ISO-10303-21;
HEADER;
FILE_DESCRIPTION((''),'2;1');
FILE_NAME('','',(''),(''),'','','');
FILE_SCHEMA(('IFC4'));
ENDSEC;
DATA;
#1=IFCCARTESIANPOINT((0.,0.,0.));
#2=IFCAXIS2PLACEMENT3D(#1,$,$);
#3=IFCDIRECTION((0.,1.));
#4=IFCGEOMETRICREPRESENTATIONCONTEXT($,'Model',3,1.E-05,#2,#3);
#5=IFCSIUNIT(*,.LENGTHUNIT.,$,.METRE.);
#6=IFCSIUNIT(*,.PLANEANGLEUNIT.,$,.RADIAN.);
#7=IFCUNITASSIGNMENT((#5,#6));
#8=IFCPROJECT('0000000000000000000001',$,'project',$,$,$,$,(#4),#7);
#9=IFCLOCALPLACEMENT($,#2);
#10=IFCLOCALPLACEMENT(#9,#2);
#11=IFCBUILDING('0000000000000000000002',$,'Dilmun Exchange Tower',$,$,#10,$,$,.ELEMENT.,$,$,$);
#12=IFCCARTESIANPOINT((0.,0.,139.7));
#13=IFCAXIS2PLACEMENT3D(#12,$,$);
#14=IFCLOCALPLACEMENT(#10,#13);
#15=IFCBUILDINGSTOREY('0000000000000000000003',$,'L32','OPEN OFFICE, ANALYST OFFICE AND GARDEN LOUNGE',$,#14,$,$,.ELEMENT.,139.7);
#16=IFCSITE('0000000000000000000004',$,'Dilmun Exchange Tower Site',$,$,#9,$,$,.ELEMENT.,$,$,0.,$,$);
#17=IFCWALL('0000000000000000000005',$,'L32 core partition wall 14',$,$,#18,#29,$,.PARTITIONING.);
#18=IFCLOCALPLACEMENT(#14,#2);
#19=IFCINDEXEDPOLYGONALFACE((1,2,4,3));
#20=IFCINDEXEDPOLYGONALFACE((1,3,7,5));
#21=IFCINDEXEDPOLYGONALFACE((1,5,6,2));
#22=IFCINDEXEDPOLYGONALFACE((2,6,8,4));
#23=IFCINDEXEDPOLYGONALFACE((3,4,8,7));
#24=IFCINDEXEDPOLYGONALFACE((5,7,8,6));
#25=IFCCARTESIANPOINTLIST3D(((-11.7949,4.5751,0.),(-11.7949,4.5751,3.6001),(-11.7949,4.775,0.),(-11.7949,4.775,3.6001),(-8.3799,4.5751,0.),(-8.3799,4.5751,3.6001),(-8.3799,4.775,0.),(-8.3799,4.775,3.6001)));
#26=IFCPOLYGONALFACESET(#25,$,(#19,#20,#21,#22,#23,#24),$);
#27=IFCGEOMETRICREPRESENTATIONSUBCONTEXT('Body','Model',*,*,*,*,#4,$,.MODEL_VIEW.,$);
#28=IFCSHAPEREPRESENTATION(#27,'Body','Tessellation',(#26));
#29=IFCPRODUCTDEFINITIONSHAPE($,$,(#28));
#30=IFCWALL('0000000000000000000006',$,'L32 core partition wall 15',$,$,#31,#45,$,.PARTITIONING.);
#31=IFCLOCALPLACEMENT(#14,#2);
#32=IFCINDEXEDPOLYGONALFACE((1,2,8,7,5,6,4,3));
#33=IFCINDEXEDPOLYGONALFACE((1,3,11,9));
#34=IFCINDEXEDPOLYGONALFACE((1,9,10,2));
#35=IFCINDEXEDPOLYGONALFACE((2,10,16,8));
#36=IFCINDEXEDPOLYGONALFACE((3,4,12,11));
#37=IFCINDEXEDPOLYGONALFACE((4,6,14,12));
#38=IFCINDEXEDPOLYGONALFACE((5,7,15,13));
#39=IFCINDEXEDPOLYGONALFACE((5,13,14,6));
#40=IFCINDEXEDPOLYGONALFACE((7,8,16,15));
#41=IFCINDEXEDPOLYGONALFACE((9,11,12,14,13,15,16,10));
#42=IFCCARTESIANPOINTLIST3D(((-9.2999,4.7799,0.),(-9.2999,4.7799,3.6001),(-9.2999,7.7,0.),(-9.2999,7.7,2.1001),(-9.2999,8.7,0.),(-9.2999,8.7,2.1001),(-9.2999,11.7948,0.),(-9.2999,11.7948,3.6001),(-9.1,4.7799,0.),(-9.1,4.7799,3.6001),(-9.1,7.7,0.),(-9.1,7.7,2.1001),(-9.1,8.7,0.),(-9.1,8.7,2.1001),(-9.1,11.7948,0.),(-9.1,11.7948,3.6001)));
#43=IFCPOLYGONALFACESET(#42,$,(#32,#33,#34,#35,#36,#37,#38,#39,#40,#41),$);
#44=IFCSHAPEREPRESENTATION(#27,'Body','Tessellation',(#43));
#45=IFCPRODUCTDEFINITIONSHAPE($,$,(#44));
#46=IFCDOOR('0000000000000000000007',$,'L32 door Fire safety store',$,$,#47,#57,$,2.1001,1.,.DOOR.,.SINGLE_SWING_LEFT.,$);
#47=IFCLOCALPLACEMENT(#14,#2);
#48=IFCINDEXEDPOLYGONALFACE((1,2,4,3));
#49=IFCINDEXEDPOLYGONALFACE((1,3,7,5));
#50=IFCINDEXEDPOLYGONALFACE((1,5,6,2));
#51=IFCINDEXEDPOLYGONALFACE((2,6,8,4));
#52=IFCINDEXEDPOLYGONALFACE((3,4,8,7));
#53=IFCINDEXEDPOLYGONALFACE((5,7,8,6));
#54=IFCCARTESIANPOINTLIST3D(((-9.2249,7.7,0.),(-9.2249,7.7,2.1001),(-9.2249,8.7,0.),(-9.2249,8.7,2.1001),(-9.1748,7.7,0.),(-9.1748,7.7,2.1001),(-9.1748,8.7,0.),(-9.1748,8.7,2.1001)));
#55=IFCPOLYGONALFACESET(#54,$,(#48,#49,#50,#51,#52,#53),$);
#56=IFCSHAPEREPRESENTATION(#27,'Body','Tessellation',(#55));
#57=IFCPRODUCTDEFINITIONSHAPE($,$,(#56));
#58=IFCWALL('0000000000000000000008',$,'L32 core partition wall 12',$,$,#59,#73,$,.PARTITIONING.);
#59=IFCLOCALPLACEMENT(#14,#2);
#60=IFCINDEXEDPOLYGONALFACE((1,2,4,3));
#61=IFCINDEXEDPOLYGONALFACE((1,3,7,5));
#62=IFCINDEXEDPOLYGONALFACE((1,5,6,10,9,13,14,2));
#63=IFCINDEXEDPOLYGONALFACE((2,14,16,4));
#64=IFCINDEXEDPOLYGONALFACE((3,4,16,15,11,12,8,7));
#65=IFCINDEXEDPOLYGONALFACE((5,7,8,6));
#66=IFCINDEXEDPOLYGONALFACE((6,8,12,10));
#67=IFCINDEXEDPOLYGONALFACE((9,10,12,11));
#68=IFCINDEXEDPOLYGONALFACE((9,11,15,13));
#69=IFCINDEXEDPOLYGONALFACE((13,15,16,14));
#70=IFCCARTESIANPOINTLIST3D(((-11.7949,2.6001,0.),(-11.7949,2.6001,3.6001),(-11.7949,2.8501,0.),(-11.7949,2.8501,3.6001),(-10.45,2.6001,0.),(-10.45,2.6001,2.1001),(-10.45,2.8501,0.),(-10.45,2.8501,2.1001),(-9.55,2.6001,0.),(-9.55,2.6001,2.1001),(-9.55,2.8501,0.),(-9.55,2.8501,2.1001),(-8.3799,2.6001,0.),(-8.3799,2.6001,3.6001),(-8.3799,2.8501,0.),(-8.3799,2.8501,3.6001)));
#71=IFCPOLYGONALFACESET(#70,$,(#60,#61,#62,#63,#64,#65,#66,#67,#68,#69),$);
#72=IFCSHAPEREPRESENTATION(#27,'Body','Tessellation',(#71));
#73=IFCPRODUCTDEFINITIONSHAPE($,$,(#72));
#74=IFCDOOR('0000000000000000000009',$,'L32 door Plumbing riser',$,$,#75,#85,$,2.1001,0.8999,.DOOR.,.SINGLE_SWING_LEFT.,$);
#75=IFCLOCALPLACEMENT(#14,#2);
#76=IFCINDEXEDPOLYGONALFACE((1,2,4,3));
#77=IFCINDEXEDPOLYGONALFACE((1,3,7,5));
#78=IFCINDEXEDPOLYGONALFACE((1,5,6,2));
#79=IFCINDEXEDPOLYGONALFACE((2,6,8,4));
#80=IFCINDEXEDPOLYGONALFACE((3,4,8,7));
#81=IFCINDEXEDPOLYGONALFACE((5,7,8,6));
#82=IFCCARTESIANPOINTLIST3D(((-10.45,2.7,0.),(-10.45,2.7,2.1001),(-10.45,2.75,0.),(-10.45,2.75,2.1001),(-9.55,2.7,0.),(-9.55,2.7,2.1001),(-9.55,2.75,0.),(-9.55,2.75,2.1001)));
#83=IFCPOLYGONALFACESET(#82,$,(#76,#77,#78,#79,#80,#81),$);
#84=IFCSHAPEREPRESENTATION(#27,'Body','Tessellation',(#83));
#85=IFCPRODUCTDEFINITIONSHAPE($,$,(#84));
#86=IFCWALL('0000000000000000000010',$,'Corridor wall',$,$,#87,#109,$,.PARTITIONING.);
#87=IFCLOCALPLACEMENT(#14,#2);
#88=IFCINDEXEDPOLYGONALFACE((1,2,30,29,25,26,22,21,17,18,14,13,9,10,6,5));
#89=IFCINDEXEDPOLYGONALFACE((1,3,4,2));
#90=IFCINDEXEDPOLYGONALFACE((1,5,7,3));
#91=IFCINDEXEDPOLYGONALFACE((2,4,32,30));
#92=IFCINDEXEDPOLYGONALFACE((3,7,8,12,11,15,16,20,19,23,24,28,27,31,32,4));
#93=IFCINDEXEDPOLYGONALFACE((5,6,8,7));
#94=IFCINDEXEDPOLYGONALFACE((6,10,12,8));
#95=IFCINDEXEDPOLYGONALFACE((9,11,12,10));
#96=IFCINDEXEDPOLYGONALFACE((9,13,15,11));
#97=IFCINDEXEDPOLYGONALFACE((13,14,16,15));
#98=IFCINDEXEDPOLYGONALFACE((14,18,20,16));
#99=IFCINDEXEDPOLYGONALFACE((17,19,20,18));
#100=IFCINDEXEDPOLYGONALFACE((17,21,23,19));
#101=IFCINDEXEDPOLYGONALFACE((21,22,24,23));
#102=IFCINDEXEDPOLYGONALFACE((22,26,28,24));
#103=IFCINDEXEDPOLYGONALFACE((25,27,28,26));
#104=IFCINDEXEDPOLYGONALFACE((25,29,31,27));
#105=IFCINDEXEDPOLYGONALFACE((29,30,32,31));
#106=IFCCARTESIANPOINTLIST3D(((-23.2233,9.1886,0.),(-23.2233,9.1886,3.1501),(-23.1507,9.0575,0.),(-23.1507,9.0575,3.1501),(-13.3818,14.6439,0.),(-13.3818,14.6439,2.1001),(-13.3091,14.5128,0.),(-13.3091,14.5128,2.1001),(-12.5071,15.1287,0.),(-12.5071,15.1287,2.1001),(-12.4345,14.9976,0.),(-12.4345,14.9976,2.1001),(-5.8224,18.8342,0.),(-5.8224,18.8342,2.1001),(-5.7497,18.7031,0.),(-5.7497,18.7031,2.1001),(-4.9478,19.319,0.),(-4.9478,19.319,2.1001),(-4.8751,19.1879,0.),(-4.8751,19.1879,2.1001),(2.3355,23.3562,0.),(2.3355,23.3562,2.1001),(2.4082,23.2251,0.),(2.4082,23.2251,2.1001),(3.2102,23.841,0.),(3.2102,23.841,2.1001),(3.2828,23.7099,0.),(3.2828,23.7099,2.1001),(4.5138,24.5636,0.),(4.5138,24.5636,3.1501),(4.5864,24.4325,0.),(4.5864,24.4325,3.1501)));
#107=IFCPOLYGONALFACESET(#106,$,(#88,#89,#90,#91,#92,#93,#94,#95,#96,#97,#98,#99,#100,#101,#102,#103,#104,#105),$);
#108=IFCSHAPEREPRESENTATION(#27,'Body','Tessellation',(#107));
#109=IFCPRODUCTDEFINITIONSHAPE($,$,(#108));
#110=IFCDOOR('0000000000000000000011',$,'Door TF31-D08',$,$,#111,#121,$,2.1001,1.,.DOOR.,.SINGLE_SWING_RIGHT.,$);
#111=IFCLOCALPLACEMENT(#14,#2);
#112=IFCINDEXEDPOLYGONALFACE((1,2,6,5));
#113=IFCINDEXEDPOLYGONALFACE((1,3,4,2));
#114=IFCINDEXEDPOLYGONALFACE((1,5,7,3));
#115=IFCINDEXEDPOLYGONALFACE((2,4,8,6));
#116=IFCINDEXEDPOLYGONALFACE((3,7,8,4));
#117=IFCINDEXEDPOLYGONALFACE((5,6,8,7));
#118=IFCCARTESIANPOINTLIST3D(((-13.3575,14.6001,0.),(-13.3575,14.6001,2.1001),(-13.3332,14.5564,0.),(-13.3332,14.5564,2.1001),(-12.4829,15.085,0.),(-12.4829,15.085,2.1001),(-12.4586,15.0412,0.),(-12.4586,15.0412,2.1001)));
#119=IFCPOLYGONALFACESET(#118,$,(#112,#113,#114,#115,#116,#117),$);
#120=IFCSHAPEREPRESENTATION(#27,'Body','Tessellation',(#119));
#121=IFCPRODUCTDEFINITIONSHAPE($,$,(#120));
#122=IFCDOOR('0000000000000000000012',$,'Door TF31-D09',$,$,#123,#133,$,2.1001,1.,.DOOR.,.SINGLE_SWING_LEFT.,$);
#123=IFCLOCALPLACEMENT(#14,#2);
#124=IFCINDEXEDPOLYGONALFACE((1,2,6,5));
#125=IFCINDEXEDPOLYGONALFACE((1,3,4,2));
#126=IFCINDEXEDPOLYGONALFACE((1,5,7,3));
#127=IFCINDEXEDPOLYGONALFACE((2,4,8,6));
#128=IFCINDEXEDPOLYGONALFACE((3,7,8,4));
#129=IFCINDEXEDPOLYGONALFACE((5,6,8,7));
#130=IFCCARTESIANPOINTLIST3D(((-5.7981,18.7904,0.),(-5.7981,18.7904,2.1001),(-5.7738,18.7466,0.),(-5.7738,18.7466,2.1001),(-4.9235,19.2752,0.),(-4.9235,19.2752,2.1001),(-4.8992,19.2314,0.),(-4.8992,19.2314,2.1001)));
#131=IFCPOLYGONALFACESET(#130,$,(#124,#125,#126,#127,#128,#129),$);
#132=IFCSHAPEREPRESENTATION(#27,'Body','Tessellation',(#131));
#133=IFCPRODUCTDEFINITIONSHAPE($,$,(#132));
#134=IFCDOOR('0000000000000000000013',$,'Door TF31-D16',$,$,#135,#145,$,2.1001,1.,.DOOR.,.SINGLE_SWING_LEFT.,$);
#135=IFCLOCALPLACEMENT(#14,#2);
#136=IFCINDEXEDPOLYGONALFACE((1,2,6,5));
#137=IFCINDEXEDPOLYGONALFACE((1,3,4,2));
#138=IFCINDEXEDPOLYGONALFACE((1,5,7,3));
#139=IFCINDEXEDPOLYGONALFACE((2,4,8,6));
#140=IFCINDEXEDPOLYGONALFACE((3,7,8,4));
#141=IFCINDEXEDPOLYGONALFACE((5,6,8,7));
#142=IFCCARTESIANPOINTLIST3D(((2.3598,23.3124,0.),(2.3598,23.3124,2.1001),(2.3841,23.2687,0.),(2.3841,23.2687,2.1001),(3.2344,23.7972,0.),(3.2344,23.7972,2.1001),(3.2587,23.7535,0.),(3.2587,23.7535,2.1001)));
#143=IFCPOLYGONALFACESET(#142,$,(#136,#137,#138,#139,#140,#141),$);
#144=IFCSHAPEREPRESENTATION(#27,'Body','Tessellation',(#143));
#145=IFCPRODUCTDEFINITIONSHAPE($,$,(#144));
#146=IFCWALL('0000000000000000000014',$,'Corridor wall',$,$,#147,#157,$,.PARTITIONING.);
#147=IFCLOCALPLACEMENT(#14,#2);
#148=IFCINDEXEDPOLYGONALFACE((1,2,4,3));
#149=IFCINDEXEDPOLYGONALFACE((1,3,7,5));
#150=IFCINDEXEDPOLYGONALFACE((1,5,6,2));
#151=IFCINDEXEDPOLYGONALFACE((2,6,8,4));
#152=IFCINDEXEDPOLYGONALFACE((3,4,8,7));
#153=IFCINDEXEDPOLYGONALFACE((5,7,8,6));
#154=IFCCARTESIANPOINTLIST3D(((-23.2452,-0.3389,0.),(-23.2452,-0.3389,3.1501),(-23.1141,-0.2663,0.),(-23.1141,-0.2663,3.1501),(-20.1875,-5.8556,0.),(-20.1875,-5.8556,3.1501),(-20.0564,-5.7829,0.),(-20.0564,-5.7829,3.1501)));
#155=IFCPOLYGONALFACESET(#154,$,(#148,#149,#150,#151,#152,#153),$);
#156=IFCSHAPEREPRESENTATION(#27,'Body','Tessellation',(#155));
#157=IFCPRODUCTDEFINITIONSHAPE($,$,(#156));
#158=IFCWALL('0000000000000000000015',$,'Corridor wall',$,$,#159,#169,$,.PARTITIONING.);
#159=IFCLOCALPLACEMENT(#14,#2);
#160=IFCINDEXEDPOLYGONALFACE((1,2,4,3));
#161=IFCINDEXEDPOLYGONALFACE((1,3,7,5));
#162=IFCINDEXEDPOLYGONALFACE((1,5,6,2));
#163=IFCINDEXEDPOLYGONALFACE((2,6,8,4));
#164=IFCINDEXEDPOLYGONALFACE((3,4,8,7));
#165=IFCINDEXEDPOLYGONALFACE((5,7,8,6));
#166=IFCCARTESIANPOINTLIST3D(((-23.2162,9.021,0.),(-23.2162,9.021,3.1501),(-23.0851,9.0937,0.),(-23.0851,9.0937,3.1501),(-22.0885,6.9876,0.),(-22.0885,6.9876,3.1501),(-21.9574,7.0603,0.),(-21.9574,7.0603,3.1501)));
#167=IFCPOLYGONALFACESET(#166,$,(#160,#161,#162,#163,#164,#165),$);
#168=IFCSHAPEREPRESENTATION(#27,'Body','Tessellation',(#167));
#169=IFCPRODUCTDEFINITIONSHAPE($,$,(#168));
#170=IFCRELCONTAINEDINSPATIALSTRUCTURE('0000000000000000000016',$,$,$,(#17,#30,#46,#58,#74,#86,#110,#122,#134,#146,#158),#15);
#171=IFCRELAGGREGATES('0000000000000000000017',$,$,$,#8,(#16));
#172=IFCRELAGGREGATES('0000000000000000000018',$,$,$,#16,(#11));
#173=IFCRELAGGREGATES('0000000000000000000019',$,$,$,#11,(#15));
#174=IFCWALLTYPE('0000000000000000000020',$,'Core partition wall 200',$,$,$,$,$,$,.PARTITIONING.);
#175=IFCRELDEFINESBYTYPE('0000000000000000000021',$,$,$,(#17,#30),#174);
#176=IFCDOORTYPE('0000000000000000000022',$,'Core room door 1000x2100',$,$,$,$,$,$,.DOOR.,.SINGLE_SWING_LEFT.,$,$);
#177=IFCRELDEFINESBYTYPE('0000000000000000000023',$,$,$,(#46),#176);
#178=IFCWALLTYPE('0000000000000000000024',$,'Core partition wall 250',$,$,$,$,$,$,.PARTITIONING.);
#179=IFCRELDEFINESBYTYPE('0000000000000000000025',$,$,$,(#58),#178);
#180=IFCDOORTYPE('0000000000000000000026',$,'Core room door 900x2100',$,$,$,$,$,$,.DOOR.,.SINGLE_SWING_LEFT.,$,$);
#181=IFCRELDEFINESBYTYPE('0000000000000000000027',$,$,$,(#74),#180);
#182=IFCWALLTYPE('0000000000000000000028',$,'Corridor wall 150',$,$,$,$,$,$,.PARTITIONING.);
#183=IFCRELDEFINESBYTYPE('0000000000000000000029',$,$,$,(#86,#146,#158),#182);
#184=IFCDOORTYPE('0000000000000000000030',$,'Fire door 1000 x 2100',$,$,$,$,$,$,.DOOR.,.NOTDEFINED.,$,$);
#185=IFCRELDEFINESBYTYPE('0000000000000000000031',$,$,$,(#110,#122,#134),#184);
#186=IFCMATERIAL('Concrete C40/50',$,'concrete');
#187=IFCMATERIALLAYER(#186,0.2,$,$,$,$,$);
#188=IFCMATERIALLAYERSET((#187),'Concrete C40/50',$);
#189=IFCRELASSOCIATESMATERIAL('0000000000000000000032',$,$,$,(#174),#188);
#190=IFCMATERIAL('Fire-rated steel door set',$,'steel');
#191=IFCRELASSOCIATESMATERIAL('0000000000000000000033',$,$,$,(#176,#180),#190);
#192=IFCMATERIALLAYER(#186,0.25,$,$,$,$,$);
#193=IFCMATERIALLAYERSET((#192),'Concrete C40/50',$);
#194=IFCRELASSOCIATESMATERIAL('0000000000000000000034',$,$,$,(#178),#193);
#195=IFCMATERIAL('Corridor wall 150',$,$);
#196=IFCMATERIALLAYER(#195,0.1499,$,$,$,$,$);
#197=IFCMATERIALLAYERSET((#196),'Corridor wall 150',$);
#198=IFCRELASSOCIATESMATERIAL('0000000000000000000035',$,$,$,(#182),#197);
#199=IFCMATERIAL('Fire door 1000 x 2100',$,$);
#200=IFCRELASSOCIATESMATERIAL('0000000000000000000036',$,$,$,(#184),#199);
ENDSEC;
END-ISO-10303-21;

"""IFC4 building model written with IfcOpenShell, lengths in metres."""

from ifc_helpers import new_model, si_unit, direction, frame, frame_2d, origin, place, context, subcontext, project, spatial, rectangle, extrude, material, layer, layer_set, type_object, element, fill, save


model = new_model("IFC4")

# Units and contexts
model_context = context("Model", 3, precision=1e-05, world=origin(), true_north=direction((0.0, 1.0)))
body_context = subcontext(model_context, "Body", "Model", "MODEL_VIEW")
ifc_project = project(units=[si_unit("LENGTHUNIT", "METRE"), si_unit("PLANEANGLEUNIT", "RADIAN")], contexts=[model_context])

# Site, building, storey
site_placement = place(None, origin())
site = spatial("IfcSite", under=ifc_project, at=site_placement, Name="Dilmun Exchange Tower Site", CompositionType="ELEMENT", RefElevation=0.0)
building_placement = place(site_placement, origin())
building = spatial("IfcBuilding", under=site, at=building_placement, Name="Dilmun Exchange Tower", CompositionType="ELEMENT")
storey_placement = place(building_placement, frame((0.0, 0.0, 139.7)))
storey = spatial("IfcBuildingStorey", under=building, at=storey_placement, Name="L32", Description="OPEN OFFICE, ANALYST OFFICE AND GARDEN LOUNGE", CompositionType="ELEMENT", Elevation=139.7)

# Wall
ifc_material_1 = material(Name="Concrete C40/50", Category="concrete")
ifc_layer_1 = layer(ifc_material_1, 0.2)
ifc_layer_set_1 = layer_set([ifc_layer_1], Name="Concrete C40/50")
wall_type_1 = type_object("IfcWallType", Name="Core partition wall 200", PredefinedType="PARTITIONING", material=ifc_layer_set_1)
wall_1_placement = place(storey_placement, frame((-11.7949, 4.675, 0.0), z_axis=(0.0, 0.0, 1.0), x_axis=(1.0, 0.0, 0.0)))
element("IfcWall", 1, at=wall_1_placement, inside=storey, type_object=wall_type_1, Name="L32 core partition wall 14", PredefinedType="PARTITIONING", context=body_context, shape_type="SweptSolid", body=[
    extrude(rectangle(XDim=3.415, YDim=0.2, at=frame_2d((1.7075, 0.0))), origin(), (0.0, 0.0, 1.0), 3.6001),
])

# Walls, openings, doors
wall_2_placement = place(storey_placement, frame((-9.2, 4.78, 0.0), z_axis=(0.0, 0.0, 1.0), x_axis=(0.0, 1.0, 0.0)))
wall_2 = element("IfcWall", 2, at=wall_2_placement, inside=storey, type_object=wall_type_1, Name="L32 core partition wall 15", PredefinedType="PARTITIONING", context=body_context, shape_type="SweptSolid", body=[
    extrude(rectangle(XDim=7.0149, YDim=0.2, at=frame_2d((3.5073, 0.0))), origin(), (0.0, 0.0, 1.0), 3.6001),
])
opening_1_placement = place(wall_2_placement, frame((2.9199, 0.0, 0.0)))
opening_1 = element("IfcOpeningElement", 3, at=opening_1_placement, cuts=wall_2, PredefinedType="OPENING", context=body_context, shape_type="SweptSolid", body=[
    extrude(rectangle(XDim=1.0, YDim=2.1001, at=frame_2d((0.5, 1.05))), frame((0.0, 0.1099, 0.0), z_axis=(0.0, -1.0, 0.0), x_axis=(1.0, 0.0, 0.0)), (0.0, 0.0, 1.0), 0.22),
])
ifc_material_2 = material(Name="Fire-rated steel door set", Category="steel")
door_type_1 = type_object("IfcDoorType", Name="Core room door 1000x2100", OperationType="SINGLE_SWING_LEFT", PredefinedType="DOOR", material=ifc_material_2)
door_1_placement = place(opening_1_placement, origin())
door_1 = element("IfcDoor", 4, at=door_1_placement, inside=storey, type_object=door_type_1, Name="L32 door Fire safety store", OperationType="SINGLE_SWING_LEFT", OverallHeight=2.1001, OverallWidth=1.0, PredefinedType="DOOR", context=body_context, shape_type="SweptSolid", body=[
    extrude(rectangle(XDim=1.0, YDim=2.1001, at=frame_2d((0.5, 1.05))), frame((0.0, 0.0249, 0.0), z_axis=(0.0, -1.0, 0.0), x_axis=(1.0, 0.0, 0.0)), (0.0, 0.0, 1.0), 0.05),
])
fill(opening_1, door_1)
ifc_layer_2 = layer(ifc_material_1, 0.25)
ifc_layer_set_2 = layer_set([ifc_layer_2], Name="Concrete C40/50")
wall_type_2 = type_object("IfcWallType", Name="Core partition wall 250", PredefinedType="PARTITIONING", material=ifc_layer_set_2)
wall_3_placement = place(storey_placement, frame((-11.7949, 2.7251, 0.0), z_axis=(0.0, 0.0, 1.0), x_axis=(1.0, 0.0, 0.0)))
wall_3 = element("IfcWall", 5, at=wall_3_placement, inside=storey, type_object=wall_type_2, Name="L32 core partition wall 12", PredefinedType="PARTITIONING", context=body_context, shape_type="SweptSolid", body=[
    extrude(rectangle(XDim=3.415, YDim=0.25, at=frame_2d((1.7075, 0.0))), origin(), (0.0, 0.0, 1.0), 3.6001),
])
opening_2_placement = place(wall_3_placement, frame((1.345, 0.0, 0.0)))
opening_2 = element("IfcOpeningElement", 6, at=opening_2_placement, cuts=wall_3, PredefinedType="OPENING", context=body_context, shape_type="SweptSolid", body=[
    extrude(rectangle(XDim=0.8999, YDim=2.1001, at=frame_2d((0.45, 1.05))), frame((0.0, 0.135, 0.0), z_axis=(0.0, -1.0, 0.0), x_axis=(1.0, 0.0, 0.0)), (0.0, 0.0, 1.0), 0.27),
])
door_type_2 = type_object("IfcDoorType", Name="Core room door 900x2100", OperationType="SINGLE_SWING_LEFT", PredefinedType="DOOR", material=ifc_material_2)
door_2_placement = place(opening_2_placement, origin())
door_2 = element("IfcDoor", 7, at=door_2_placement, inside=storey, type_object=door_type_2, Name="L32 door Plumbing riser", OperationType="SINGLE_SWING_LEFT", OverallHeight=2.1001, OverallWidth=0.8999, PredefinedType="DOOR", context=body_context, shape_type="SweptSolid", body=[
    extrude(rectangle(XDim=0.8999, YDim=2.1001, at=frame_2d((0.45, 1.05))), frame((0.0, 0.0249, 0.0), z_axis=(0.0, -1.0, 0.0), x_axis=(1.0, 0.0, 0.0)), (0.0, 0.0, 1.0), 0.05),
])
fill(opening_2, door_2)

# Wall, openings, doors
ifc_material_3 = material(Name="Corridor wall 150")
ifc_layer_3 = layer(ifc_material_3, 0.1499)
ifc_layer_set_3 = layer_set([ifc_layer_3], Name="Corridor wall 150")
wall_type_3 = type_object("IfcWallType", Name="Corridor wall 150", PredefinedType="PARTITIONING", material=ifc_layer_set_3)
wall_4_placement = place(storey_placement, frame((-23.187, 9.123, 0.0), z_axis=(0.0, 0.0, 1.0), x_axis=(0.874618, 0.484812, 0.0)))
wall_4 = element("IfcWall", 8, at=wall_4_placement, inside=storey, type_object=wall_type_3, Name="Corridor wall", PredefinedType="PARTITIONING", context=body_context, shape_type="SweptSolid", body=[
    extrude(rectangle(XDim=31.7134, YDim=0.1499, at=frame_2d((15.8567, 0.0))), origin(), (0.0, 0.0, 1.0), 3.1501),
])
opening_3_placement = place(wall_4_placement, frame((11.2524, 0.0, 0.0)))
opening_3 = element("IfcOpeningElement", 9, at=opening_3_placement, cuts=wall_4, PredefinedType="OPENING", context=body_context, shape_type="SweptSolid", body=[
    extrude(rectangle(XDim=1.0, YDim=2.1001, at=frame_2d((0.5, 1.05))), frame((0.0, 0.085, 0.0), z_axis=(0.0, -1.0, 0.0), x_axis=(1.0, 0.0, 0.0)), (0.0, 0.0, 1.0), 0.1699),
])
opening_4_placement = place(wall_4_placement, frame((19.8955, 0.0, 0.0)))
opening_4 = element("IfcOpeningElement", 10, at=opening_4_placement, cuts=wall_4, PredefinedType="OPENING", context=body_context, shape_type="SweptSolid", body=[
    extrude(rectangle(XDim=1.0, YDim=2.1001, at=frame_2d((0.5, 1.05))), frame((0.0, 0.085, 0.0), z_axis=(0.0, -1.0, 0.0), x_axis=(1.0, 0.0, 0.0)), (0.0, 0.0, 1.0), 0.1699),
])
opening_5_placement = place(wall_4_placement, frame((29.2229, 0.0, 0.0)))
opening_5 = element("IfcOpeningElement", 11, at=opening_5_placement, cuts=wall_4, PredefinedType="OPENING", context=body_context, shape_type="SweptSolid", body=[
    extrude(rectangle(XDim=1.0, YDim=2.1001, at=frame_2d((0.5, 1.05))), frame((0.0, 0.085, 0.0), z_axis=(0.0, -1.0, 0.0), x_axis=(1.0, 0.0, 0.0)), (0.0, 0.0, 1.0), 0.1699),
])
ifc_material_4 = material(Name="Fire door 1000 x 2100")
door_type_3 = type_object("IfcDoorType", Name="Fire door 1000 x 2100", OperationType="NOTDEFINED", PredefinedType="DOOR", material=ifc_material_4)
door_3_placement = place(opening_3_placement, origin())
door_3 = element("IfcDoor", 12, at=door_3_placement, inside=storey, type_object=door_type_3, Name="Door TF31-D08", OperationType="SINGLE_SWING_RIGHT", OverallHeight=2.1001, OverallWidth=1.0, PredefinedType="DOOR", context=body_context, shape_type="SweptSolid", body=[
    extrude(rectangle(XDim=1.0, YDim=2.1001, at=frame_2d((0.5, 1.05))), frame((0.0, 0.0249, 0.0), z_axis=(0.0, -1.0, 0.0), x_axis=(1.0, 0.0, 0.0)), (0.0, 0.0, 1.0), 0.05),
])
fill(opening_3, door_3)
door_4_placement = place(opening_4_placement, origin())
door_4 = element("IfcDoor", 13, at=door_4_placement, inside=storey, type_object=door_type_3, Name="Door TF31-D09", OperationType="SINGLE_SWING_LEFT", OverallHeight=2.1001, OverallWidth=1.0, PredefinedType="DOOR", context=body_context, shape_type="SweptSolid", body=[
    extrude(rectangle(XDim=1.0, YDim=2.1001, at=frame_2d((0.5, 1.05))), frame((0.0, 0.0249, 0.0), z_axis=(0.0, -1.0, 0.0), x_axis=(1.0, 0.0, 0.0)), (0.0, 0.0, 1.0), 0.05),
])
fill(opening_4, door_4)
door_5_placement = place(opening_5_placement, origin())
door_5 = element("IfcDoor", 14, at=door_5_placement, inside=storey, type_object=door_type_3, Name="Door TF31-D16", OperationType="SINGLE_SWING_LEFT", OverallHeight=2.1001, OverallWidth=1.0, PredefinedType="DOOR", context=body_context, shape_type="SweptSolid", body=[
    extrude(rectangle(XDim=1.0, YDim=2.1001, at=frame_2d((0.5, 1.05))), frame((0.0, 0.0249, 0.0), z_axis=(0.0, -1.0, 0.0), x_axis=(1.0, 0.0, 0.0)), (0.0, 0.0, 1.0), 0.05),
])
fill(opening_5, door_5)

# Walls
wall_5_placement = place(storey_placement, frame((-23.1797, -0.3025, 0.0), z_axis=(0.0, 0.0, 1.0), x_axis=(0.484775, -0.874639, 0.0)))
element("IfcWall", 15, at=wall_5_placement, inside=storey, type_object=wall_type_3, Name="Corridor wall", PredefinedType="PARTITIONING", context=body_context, shape_type="SweptSolid", body=[
    extrude(rectangle(XDim=6.3074, YDim=0.1499, at=frame_2d((3.1538, 0.0))), origin(), (0.0, 0.0, 1.0), 3.1501),
])
wall_6_placement = place(storey_placement, frame((-23.1506, 9.0574, 0.0), z_axis=(0.0, 0.0, 1.0), x_axis=(0.484983, -0.874524, 0.0)))
element("IfcWall", 16, at=wall_6_placement, inside=storey, type_object=wall_type_3, Name="Corridor wall", PredefinedType="PARTITIONING", context=body_context, shape_type="SweptSolid", body=[
    extrude(rectangle(XDim=2.3252, YDim=0.1499, at=frame_2d((1.1626, 0.0))), origin(), (0.0, 0.0, 1.0), 3.1501),
])

save(model, "model.ifc")
